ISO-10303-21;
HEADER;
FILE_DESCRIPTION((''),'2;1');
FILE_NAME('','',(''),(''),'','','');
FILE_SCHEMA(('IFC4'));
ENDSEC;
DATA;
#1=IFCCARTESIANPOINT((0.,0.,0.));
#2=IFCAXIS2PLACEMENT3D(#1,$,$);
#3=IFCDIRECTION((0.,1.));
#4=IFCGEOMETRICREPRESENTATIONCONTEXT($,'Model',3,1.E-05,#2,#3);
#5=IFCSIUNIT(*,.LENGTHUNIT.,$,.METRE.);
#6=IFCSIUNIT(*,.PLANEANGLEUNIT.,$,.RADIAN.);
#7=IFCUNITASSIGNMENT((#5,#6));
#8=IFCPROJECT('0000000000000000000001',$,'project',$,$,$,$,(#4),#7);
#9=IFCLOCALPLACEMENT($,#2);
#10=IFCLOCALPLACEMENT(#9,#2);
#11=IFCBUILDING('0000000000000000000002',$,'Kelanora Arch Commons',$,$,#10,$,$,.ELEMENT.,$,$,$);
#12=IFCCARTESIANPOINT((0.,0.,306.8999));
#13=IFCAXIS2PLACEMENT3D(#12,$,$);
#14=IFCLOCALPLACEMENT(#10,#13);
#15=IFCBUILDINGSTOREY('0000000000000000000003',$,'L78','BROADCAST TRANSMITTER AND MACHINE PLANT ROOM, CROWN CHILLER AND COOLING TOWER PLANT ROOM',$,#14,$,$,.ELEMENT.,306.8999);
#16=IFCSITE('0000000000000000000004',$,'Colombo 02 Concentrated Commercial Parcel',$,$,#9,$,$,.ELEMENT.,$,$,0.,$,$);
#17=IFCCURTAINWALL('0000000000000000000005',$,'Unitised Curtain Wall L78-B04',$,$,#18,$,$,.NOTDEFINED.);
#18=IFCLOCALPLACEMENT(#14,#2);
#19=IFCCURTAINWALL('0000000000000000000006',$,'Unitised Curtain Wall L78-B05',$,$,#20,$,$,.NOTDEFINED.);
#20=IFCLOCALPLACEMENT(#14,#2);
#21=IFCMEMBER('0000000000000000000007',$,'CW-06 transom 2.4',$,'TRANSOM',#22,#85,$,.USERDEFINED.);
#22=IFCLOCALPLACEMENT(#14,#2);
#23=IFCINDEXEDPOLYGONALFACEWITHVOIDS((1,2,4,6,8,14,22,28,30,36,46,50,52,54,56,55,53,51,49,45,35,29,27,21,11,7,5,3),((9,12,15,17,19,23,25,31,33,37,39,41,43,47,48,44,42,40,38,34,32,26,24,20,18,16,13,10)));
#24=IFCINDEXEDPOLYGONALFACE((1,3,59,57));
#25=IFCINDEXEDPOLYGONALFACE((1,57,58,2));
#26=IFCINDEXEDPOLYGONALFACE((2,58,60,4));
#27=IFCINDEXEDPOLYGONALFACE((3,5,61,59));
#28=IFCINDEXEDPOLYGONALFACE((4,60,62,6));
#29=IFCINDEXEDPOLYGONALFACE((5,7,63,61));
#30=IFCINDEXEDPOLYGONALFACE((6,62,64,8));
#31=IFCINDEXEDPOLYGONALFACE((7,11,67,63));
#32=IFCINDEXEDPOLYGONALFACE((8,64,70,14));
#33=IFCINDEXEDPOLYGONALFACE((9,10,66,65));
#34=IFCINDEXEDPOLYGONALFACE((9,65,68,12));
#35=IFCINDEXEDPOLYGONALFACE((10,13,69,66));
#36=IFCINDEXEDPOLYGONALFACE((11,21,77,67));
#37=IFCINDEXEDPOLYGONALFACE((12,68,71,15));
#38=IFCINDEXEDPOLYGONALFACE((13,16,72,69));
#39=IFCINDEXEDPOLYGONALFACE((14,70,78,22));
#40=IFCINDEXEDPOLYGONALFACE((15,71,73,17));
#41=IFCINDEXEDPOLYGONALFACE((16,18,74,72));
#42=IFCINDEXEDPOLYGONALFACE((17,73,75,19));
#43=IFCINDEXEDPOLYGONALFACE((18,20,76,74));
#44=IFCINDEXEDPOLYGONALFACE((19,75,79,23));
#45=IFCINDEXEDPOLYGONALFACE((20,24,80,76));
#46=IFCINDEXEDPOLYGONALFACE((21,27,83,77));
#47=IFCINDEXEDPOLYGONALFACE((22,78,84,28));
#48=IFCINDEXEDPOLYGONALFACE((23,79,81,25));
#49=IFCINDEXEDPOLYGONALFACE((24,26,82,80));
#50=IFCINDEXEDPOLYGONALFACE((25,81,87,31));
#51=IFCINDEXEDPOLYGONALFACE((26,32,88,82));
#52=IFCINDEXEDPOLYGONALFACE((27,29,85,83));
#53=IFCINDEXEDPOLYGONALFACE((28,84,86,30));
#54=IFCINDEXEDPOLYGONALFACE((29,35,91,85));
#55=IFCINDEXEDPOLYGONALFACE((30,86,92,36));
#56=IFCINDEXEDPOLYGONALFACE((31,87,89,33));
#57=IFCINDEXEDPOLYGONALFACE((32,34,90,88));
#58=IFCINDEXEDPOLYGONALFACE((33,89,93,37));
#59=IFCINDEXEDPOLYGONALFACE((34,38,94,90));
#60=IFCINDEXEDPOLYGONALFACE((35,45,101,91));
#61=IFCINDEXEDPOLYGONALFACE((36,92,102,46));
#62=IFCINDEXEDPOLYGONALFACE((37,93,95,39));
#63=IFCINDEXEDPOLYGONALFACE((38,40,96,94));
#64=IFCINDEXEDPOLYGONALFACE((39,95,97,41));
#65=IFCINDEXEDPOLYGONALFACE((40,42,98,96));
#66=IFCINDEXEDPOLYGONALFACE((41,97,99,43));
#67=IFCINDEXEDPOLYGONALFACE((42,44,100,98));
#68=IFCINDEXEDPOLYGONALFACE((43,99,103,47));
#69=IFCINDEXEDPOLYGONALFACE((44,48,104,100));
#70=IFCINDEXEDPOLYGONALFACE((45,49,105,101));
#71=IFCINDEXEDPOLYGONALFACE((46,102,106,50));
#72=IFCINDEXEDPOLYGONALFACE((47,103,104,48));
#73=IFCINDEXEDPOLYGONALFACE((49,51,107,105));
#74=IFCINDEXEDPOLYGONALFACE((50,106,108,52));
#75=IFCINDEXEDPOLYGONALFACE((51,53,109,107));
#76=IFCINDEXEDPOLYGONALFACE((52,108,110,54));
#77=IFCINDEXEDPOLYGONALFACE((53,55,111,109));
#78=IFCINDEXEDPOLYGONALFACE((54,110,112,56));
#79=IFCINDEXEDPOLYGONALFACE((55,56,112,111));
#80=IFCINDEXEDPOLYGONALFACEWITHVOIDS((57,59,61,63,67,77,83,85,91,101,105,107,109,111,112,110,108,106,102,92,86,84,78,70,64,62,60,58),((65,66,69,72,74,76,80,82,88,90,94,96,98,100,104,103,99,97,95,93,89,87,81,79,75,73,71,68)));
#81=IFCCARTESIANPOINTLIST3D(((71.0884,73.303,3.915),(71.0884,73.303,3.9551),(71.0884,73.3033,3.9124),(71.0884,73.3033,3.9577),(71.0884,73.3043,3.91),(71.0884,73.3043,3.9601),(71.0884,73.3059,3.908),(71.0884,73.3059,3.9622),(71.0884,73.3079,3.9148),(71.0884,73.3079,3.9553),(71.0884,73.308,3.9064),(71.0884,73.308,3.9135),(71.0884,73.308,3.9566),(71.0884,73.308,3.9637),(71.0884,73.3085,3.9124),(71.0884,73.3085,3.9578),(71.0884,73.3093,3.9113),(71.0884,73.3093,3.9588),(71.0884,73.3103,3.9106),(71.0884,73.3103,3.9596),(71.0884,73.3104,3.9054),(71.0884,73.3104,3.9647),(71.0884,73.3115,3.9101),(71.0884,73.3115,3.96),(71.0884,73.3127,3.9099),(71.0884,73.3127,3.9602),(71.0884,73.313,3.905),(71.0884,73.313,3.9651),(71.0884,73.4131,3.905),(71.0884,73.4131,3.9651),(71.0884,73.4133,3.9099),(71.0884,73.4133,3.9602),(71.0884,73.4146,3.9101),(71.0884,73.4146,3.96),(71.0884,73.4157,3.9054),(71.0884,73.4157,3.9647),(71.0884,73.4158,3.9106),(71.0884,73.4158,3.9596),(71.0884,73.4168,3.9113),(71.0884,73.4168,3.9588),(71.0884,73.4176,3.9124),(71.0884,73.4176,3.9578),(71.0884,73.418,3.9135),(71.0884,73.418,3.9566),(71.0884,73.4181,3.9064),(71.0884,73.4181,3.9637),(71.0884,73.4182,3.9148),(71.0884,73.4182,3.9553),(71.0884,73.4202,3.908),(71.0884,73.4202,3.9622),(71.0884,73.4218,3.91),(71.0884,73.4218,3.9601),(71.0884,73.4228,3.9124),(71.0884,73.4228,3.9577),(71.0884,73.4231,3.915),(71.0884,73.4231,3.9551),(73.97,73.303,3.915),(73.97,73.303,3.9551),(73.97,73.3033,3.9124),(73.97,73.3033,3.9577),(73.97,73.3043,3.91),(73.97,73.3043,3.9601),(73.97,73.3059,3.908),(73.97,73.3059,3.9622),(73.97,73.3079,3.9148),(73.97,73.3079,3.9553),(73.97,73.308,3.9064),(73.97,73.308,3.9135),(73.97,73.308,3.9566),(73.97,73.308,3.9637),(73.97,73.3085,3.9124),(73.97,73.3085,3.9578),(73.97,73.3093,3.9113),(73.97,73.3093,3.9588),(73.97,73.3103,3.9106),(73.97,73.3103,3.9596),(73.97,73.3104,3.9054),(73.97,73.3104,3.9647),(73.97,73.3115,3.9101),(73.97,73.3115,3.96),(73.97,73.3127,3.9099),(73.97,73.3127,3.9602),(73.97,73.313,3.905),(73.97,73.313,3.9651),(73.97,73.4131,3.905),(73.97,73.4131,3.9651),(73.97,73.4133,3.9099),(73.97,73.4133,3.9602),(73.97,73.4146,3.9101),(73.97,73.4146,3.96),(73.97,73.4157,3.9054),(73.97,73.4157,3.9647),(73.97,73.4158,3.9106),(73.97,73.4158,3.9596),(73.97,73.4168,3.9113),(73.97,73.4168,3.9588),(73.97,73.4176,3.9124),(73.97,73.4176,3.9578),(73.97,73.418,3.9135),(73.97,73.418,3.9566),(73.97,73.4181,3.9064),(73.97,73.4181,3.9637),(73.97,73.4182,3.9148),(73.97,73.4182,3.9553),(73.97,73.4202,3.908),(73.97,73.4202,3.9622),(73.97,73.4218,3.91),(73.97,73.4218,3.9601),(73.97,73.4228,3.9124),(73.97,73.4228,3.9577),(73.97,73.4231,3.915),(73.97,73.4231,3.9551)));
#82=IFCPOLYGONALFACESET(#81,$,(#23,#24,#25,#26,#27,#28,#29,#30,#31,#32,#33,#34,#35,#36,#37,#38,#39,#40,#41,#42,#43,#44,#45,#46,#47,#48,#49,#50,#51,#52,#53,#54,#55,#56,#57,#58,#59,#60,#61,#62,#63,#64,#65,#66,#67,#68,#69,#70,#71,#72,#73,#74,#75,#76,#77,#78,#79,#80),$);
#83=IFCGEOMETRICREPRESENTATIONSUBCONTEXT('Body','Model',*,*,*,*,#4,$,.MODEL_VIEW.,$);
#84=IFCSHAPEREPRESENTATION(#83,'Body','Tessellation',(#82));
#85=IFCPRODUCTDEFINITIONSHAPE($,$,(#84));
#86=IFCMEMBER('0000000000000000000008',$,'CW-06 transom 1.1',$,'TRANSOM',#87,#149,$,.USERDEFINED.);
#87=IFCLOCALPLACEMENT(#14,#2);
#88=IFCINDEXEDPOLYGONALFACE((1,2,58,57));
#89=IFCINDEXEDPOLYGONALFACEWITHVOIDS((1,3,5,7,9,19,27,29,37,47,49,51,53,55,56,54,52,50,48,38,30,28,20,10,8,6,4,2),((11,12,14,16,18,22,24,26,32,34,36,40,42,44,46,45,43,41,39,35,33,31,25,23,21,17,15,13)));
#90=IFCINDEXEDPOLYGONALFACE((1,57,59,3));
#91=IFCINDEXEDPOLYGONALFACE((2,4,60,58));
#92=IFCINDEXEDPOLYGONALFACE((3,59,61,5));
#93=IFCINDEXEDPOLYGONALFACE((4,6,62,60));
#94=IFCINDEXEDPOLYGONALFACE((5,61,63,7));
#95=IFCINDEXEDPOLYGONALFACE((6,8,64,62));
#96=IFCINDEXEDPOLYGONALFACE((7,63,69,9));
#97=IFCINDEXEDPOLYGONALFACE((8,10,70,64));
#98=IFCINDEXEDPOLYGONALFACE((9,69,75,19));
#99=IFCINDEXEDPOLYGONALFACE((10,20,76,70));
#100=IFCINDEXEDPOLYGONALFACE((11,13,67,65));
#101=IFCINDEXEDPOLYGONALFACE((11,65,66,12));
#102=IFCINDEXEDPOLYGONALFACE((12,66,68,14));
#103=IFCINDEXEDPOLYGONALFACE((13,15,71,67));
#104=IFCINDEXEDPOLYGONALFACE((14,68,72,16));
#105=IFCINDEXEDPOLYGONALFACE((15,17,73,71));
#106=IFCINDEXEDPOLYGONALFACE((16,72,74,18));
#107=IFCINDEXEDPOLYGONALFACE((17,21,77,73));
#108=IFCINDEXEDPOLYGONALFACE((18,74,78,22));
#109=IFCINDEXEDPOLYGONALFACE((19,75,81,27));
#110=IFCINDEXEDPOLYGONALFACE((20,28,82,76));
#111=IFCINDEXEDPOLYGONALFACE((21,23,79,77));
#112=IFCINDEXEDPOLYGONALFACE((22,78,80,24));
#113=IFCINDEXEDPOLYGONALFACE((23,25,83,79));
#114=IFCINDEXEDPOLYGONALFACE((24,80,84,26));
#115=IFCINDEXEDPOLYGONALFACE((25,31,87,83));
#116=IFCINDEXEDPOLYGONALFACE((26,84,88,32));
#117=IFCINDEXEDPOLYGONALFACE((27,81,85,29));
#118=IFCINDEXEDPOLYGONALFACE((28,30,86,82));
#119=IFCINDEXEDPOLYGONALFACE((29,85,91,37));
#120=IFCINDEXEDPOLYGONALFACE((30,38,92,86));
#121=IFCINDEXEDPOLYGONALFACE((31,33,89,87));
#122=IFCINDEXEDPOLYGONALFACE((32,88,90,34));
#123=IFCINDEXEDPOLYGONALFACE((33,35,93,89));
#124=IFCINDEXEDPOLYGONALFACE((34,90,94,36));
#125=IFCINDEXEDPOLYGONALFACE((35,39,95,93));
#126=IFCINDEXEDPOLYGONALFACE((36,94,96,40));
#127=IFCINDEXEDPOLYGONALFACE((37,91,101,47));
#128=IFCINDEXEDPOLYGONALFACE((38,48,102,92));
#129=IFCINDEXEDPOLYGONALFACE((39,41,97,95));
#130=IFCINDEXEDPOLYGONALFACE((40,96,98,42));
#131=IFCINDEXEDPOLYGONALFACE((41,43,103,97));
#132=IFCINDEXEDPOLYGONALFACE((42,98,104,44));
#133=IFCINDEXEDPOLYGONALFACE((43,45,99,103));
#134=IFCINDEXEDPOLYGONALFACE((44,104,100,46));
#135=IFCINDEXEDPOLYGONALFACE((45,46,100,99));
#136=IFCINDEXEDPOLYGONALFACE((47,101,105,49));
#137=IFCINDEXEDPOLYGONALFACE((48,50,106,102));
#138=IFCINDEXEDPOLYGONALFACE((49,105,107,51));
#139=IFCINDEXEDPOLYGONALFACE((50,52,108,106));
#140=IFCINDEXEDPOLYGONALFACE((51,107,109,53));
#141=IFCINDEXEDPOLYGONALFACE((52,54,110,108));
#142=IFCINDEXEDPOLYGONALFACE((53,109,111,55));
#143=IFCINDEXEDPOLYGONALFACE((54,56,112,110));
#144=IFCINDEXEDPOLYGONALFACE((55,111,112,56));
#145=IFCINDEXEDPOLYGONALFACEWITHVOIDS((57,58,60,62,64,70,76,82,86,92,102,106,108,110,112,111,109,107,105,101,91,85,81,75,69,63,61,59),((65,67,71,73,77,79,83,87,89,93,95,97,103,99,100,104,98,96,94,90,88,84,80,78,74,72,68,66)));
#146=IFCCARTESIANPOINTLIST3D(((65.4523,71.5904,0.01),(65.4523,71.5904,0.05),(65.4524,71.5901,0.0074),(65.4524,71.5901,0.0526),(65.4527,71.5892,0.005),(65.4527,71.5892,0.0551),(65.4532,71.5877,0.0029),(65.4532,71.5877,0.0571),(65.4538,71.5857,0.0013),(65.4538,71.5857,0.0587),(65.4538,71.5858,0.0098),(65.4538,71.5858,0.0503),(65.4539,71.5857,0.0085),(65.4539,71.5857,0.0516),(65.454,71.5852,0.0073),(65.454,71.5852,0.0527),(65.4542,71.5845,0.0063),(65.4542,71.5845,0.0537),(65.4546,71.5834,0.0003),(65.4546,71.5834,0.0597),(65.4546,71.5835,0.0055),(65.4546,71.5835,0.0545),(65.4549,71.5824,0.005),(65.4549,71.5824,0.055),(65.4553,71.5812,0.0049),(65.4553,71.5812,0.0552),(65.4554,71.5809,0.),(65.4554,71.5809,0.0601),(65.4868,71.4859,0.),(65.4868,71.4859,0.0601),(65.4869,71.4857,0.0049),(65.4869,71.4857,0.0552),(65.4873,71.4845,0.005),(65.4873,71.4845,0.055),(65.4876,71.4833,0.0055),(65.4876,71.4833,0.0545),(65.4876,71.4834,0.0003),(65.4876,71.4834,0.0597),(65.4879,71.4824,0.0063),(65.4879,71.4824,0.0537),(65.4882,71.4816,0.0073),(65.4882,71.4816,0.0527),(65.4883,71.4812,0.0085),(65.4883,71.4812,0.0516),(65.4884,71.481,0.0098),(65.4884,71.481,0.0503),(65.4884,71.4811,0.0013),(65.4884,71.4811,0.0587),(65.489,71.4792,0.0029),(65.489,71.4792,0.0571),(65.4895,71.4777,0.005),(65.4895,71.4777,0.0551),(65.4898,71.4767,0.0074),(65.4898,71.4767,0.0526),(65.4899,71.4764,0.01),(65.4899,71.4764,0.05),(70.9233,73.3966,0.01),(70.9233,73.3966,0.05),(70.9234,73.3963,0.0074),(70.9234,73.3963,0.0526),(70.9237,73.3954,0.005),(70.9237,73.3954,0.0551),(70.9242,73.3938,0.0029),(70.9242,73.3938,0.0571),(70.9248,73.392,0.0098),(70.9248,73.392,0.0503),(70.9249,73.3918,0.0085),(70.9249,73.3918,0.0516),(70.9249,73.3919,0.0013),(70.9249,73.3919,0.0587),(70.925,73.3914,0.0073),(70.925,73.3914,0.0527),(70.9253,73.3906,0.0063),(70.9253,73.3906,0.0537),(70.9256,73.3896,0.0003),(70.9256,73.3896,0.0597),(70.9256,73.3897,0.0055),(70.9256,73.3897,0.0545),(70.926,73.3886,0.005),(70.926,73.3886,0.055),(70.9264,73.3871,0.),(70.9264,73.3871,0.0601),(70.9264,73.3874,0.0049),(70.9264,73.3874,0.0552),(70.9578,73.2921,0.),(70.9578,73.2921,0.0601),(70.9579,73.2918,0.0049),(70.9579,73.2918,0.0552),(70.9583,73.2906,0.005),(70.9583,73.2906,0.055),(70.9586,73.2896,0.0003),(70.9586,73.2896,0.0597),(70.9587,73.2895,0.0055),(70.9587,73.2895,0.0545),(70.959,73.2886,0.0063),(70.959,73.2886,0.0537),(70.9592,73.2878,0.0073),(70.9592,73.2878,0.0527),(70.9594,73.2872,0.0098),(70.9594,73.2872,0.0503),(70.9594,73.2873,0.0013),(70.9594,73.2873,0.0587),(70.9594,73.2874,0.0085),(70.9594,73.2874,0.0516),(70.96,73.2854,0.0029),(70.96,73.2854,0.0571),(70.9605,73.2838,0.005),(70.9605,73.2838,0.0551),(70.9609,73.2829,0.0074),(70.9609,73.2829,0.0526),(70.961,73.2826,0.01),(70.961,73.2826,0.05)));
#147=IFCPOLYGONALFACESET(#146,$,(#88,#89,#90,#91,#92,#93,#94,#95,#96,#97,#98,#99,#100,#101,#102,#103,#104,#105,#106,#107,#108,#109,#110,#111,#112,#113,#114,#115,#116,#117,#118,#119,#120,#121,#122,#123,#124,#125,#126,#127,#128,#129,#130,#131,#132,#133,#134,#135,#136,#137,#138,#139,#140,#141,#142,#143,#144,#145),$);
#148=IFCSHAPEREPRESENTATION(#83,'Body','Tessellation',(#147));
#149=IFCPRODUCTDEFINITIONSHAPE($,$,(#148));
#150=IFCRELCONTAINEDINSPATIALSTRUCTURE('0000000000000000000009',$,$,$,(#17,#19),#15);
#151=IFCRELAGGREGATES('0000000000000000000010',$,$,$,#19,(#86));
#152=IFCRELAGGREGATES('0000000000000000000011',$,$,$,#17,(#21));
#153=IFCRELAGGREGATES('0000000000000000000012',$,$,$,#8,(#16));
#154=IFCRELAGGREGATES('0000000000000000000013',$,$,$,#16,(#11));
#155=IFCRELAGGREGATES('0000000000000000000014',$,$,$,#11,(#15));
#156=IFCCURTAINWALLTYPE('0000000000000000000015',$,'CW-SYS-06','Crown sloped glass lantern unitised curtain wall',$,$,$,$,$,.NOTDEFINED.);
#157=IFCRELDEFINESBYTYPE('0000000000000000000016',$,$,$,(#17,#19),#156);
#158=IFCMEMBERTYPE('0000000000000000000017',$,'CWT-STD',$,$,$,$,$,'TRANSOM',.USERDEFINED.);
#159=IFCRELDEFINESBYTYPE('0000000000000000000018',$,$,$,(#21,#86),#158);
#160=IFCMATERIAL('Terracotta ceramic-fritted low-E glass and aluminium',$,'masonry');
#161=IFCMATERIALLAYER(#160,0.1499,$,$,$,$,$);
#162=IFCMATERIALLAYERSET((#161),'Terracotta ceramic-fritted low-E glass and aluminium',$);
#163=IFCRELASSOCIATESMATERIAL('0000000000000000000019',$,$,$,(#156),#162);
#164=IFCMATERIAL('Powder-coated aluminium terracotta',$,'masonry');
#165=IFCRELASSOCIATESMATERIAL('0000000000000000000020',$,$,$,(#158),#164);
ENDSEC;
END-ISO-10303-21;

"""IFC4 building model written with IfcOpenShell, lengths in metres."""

from ifc_helpers import new_model, si_unit, direction, frame, origin, origin_2d, place, context, subcontext, project, spatial, hollow_rectangle, extrude, material, layer, layer_set, material_profile, profile_set, type_object, element, aggregate, save


model = new_model("IFC4")

# Units and contexts
model_context = context("Model", 3, precision=1e-05, world=origin(), true_north=direction((0.0, 1.0)))
body_context = subcontext(model_context, "Body", "Model", "MODEL_VIEW")
ifc_project = project(units=[si_unit("LENGTHUNIT", "METRE"), si_unit("PLANEANGLEUNIT", "RADIAN")], contexts=[model_context])

# Site, building, storey
site_placement = place(None, origin())
site = spatial("IfcSite", under=ifc_project, at=site_placement, Name="Colombo 02 Concentrated Commercial Parcel", CompositionType="ELEMENT", RefElevation=0.0)
building_placement = place(site_placement, origin())
building = spatial("IfcBuilding", under=site, at=building_placement, Name="Kelanora Arch Commons", CompositionType="ELEMENT")
storey_placement = place(building_placement, frame((0.0, 0.0, 306.8999)))
storey = spatial("IfcBuildingStorey", under=building, at=storey_placement, Name="L78", Description="BROADCAST TRANSMITTER AND MACHINE PLANT ROOM, CROWN CHILLER AND COOLING TOWER PLANT ROOM", CompositionType="ELEMENT", Elevation=306.8999)

# Curtain wall
ifc_material_1 = material(Name="Terracotta ceramic-fritted low-E glass and aluminium", Category="masonry")
ifc_layer_1 = layer(ifc_material_1, 0.1499)
ifc_layer_set_1 = layer_set([ifc_layer_1], Name="Terracotta ceramic-fritted low-E glass and aluminium")
curtain_wall_type = type_object("IfcCurtainWallType", Name="CW-SYS-06", Description="Crown sloped glass lantern unitised curtain wall", PredefinedType="NOTDEFINED", material=ifc_layer_set_1)
curtain_wall_1_placement = place(storey_placement, origin())
curtain_wall_1 = element("IfcCurtainWall", 1, at=curtain_wall_1_placement, inside=storey, type_object=curtain_wall_type, Name="Unitised Curtain Wall L78-B04", PredefinedType="NOTDEFINED")
ifc_material_2 = material(Name="Powder-coated aluminium terracotta", Category="masonry")

# Curtain wall
curtain_wall_2_placement = place(storey_placement, origin())
curtain_wall_2 = element("IfcCurtainWall", 2, at=curtain_wall_2_placement, inside=storey, type_object=curtain_wall_type, Name="Unitised Curtain Wall L78-B05", PredefinedType="NOTDEFINED")

# Members
ifc_material_profile_1 = material_profile(ifc_material_2, hollow_rectangle(XDim=0.1201, YDim=0.0601, WallThickness=0.0049, InnerFilletRadius=0.0049, OuterFilletRadius=0.01, at=origin_2d()), Name="CWT120x60")
ifc_profile_set_1 = profile_set([ifc_material_profile_1], Name="Powder-coated aluminium terracotta")
member_type_1 = type_object("IfcMemberType", Name="CWT-STD", ElementType="TRANSOM", PredefinedType="USERDEFINED", material=ifc_profile_set_1)
member_1_placement = place(storey_placement, frame((73.97, 73.363, 3.9351), z_axis=(-1.0, 0.0, 0.0), x_axis=(0.0, -1.0, 0.0)))
member_1 = element("IfcMember", 3, at=member_1_placement, type_object=member_type_1, Name="CW-06 transom 2.4", ObjectType="TRANSOM", PredefinedType="USERDEFINED", context=body_context, shape_type="SweptSolid", body=[
    extrude(hollow_rectangle(XDim=0.1201, YDim=0.0601, WallThickness=0.0049, InnerFilletRadius=0.0049, OuterFilletRadius=0.01, at=origin_2d()), origin(), (0.0, 0.0, 1.0), 2.8816),
])
member_2_placement = place(storey_placement, frame((70.9421, 73.3396, 0.03), z_axis=(-0.94959, -0.313493, 0.0), x_axis=(0.313493, -0.94959, 0.0)))
member_2 = element("IfcMember", 4, at=member_2_placement, type_object=member_type_1, Name="CW-06 transom 1.1", ObjectType="TRANSOM", PredefinedType="USERDEFINED", context=body_context, shape_type="SweptSolid", body=[
    extrude(hollow_rectangle(XDim=0.1201, YDim=0.0601, WallThickness=0.0049, InnerFilletRadius=0.0049, OuterFilletRadius=0.01, at=origin_2d()), origin(), (0.0, 0.0, 1.0), 5.7615),
])

aggregate(curtain_wall_2, [member_2])
aggregate(curtain_wall_1, [member_1])

save(model, "model.ifc")
